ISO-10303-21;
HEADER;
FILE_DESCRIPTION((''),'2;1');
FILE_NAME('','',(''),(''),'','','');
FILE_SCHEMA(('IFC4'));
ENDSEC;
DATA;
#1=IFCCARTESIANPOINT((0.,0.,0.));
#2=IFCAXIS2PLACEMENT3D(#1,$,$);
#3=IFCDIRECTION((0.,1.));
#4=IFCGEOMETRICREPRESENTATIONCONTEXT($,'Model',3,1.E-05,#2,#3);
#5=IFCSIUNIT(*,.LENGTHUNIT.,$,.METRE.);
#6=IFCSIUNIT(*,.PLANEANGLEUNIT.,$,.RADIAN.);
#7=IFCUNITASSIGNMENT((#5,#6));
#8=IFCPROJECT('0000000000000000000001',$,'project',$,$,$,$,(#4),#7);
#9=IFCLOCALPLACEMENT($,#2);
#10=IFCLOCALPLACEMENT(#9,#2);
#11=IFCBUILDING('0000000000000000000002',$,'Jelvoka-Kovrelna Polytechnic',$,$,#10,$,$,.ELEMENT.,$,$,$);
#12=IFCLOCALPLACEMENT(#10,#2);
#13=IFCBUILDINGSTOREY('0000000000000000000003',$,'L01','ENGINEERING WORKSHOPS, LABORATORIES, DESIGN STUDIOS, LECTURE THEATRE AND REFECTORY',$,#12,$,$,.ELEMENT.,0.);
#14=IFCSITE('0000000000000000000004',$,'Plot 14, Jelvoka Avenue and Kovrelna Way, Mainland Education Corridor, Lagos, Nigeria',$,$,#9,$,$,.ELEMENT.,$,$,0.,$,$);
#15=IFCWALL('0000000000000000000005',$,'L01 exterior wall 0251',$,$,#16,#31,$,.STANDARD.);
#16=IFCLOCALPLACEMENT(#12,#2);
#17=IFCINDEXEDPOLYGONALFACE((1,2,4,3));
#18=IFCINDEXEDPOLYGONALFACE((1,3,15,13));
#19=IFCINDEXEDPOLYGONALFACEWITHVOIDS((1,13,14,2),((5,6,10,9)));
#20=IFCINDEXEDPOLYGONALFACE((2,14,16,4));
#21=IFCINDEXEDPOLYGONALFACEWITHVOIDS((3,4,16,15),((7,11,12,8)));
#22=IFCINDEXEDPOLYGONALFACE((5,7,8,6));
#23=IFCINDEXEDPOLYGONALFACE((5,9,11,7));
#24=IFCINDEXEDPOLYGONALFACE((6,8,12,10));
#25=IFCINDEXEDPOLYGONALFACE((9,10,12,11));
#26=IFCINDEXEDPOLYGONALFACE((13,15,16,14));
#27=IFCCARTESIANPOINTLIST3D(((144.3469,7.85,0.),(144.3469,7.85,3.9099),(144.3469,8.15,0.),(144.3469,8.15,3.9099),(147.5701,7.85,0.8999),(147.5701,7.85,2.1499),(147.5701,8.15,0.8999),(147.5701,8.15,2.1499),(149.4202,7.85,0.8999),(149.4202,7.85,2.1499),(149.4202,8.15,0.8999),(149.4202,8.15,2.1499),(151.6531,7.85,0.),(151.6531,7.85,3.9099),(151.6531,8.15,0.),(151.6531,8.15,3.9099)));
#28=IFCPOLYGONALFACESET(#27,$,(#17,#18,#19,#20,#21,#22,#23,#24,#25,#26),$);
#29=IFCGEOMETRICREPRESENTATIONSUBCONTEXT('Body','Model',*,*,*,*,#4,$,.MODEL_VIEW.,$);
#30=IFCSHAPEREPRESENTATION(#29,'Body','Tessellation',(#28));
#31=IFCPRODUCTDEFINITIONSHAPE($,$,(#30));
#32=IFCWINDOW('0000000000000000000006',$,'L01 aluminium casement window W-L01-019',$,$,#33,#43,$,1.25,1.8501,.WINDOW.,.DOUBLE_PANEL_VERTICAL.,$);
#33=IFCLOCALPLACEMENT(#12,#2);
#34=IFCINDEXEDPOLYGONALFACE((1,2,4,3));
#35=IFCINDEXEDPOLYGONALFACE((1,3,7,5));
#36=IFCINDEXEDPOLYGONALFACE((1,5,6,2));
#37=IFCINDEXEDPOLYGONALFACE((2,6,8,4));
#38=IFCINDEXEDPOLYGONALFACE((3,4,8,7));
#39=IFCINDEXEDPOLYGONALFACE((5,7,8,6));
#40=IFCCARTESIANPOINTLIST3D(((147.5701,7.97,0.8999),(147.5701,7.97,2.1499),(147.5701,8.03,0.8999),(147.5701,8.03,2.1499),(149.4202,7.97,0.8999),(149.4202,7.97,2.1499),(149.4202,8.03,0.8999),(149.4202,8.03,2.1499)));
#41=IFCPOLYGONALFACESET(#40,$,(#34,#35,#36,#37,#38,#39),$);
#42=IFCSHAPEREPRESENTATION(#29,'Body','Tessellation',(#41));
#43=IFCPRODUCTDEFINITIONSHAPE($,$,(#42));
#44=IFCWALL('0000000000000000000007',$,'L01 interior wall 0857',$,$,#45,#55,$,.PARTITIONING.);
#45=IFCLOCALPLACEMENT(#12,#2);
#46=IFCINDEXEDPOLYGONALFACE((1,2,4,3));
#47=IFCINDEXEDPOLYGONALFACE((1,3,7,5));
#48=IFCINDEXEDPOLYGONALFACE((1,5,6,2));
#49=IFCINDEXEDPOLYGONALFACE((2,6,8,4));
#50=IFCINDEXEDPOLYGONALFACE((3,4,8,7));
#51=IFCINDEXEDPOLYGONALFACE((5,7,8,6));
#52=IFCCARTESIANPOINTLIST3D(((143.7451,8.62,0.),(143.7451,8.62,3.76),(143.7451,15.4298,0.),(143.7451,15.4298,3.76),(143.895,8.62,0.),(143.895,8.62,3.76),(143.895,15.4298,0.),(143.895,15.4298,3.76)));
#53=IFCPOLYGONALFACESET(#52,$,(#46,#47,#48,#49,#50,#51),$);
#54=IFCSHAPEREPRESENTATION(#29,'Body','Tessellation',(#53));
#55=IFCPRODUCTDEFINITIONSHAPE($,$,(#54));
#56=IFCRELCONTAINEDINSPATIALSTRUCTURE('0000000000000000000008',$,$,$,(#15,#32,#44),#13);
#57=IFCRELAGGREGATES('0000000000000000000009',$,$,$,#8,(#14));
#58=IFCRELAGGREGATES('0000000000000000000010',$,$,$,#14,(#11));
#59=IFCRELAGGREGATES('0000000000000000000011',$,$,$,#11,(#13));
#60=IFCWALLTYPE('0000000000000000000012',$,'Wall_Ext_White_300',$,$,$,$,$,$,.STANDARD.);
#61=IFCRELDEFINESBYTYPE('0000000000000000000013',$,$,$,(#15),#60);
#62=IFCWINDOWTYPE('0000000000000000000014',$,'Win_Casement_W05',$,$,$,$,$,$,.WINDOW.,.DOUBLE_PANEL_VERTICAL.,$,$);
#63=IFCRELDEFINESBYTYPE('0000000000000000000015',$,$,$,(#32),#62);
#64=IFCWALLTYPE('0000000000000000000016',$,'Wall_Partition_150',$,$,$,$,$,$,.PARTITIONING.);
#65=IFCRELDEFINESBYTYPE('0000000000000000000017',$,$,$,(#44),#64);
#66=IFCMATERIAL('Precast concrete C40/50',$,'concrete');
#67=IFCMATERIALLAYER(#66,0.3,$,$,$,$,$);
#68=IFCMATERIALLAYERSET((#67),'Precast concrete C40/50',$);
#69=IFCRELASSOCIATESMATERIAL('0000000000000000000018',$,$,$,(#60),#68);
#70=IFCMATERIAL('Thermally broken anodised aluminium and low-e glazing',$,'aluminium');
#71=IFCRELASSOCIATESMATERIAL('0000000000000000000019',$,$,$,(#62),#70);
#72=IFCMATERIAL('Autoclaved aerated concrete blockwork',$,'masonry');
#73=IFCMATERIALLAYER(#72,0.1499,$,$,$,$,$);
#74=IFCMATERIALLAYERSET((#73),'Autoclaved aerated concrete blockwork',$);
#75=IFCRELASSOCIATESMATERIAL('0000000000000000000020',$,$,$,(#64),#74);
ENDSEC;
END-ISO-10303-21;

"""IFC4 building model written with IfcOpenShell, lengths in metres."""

from ifc_helpers import new_model, si_unit, direction, frame, frame_2d, origin, place, context, subcontext, project, spatial, rectangle, extrude, material, layer, layer_set, type_object, element, fill, save


model = new_model("IFC4")

# Units and contexts
model_context = context("Model", 3, precision=1e-05, world=origin(), true_north=direction((0.0, 1.0)))
body_context = subcontext(model_context, "Body", "Model", "MODEL_VIEW")
ifc_project = project(units=[si_unit("LENGTHUNIT", "METRE"), si_unit("PLANEANGLEUNIT", "RADIAN")], contexts=[model_context])

# Site, building, storey
site_placement = place(None, origin())
site = spatial("IfcSite", under=ifc_project, at=site_placement, Name="Plot 14, Jelvoka Avenue and Kovrelna Way, Mainland Education Corridor, Lagos, Nigeria", CompositionType="ELEMENT", RefElevation=0.0)
building_placement = place(site_placement, origin())
building = spatial("IfcBuilding", under=site, at=building_placement, Name="Jelvoka-Kovrelna Polytechnic", CompositionType="ELEMENT")
storey_placement = place(building_placement, origin())
storey = spatial("IfcBuildingStorey", under=building, at=storey_placement, Name="L01", Description="ENGINEERING WORKSHOPS, LABORATORIES, DESIGN STUDIOS, LECTURE THEATRE AND REFECTORY", CompositionType="ELEMENT", Elevation=0.0)

# Wall, opening, window
ifc_material_1 = material(Name="Precast concrete C40/50", Category="concrete")
ifc_layer_1 = layer(ifc_material_1, 0.3)
ifc_layer_set_1 = layer_set([ifc_layer_1], Name="Precast concrete C40/50")
wall_type_1 = type_object("IfcWallType", Name="Wall_Ext_White_300", PredefinedType="STANDARD", material=ifc_layer_set_1)
wall_1_placement = place(storey_placement, frame((151.6531, 8.0, 0.0), z_axis=(0.0, 0.0, 1.0), x_axis=(-1.0, 0.0, 0.0)))
wall_1 = element("IfcWall", 1, at=wall_1_placement, inside=storey, type_object=wall_type_1, Name="L01 exterior wall 0251", PredefinedType="STANDARD", context=body_context, shape_type="SweptSolid", body=[
    extrude(rectangle(XDim=7.3062, YDim=0.3, at=frame_2d((3.6531, 0.0))), origin(), (0.0, 0.0, 1.0), 3.9099),
])
opening_1_placement = place(wall_1_placement, frame((2.2329, 0.0, 0.8999)))
opening_1 = element("IfcOpeningElement", 2, at=opening_1_placement, cuts=wall_1, PredefinedType="OPENING", context=body_context, shape_type="SweptSolid", body=[
    extrude(rectangle(XDim=1.8501, YDim=1.25, at=frame_2d((0.925, 0.625))), frame((0.0, 0.1599, 0.0), z_axis=(0.0, -1.0, 0.0), x_axis=(1.0, 0.0, 0.0)), (0.0, 0.0, 1.0), 0.3201),
])
ifc_material_2 = material(Name="Thermally broken anodised aluminium and low-e glazing", Category="aluminium")
window_type_1 = type_object("IfcWindowType", Name="Win_Casement_W05", PartitioningType="DOUBLE_PANEL_VERTICAL", PredefinedType="WINDOW", material=ifc_material_2)
window_1_placement = place(opening_1_placement, origin())
window_1 = element("IfcWindow", 3, at=window_1_placement, inside=storey, type_object=window_type_1, Name="L01 aluminium casement window W-L01-019", OverallHeight=1.25, OverallWidth=1.8501, PartitioningType="DOUBLE_PANEL_VERTICAL", PredefinedType="WINDOW", context=body_context, shape_type="SweptSolid", body=[
    extrude(rectangle(XDim=1.8501, YDim=1.25, at=frame_2d((0.925, 0.625))), frame((0.0, 0.03, 0.0), z_axis=(0.0, -1.0, 0.0), x_axis=(1.0, 0.0, 0.0)), (0.0, 0.0, 1.0), 0.0601),
])
fill(opening_1, window_1)

# Wall
ifc_material_3 = material(Name="Autoclaved aerated concrete blockwork", Category="masonry")
ifc_layer_2 = layer(ifc_material_3, 0.1499)
ifc_layer_set_2 = layer_set([ifc_layer_2], Name="Autoclaved aerated concrete blockwork")
wall_type_2 = type_object("IfcWallType", Name="Wall_Partition_150", PredefinedType="PARTITIONING", material=ifc_layer_set_2)
wall_2_placement = place(storey_placement, frame((143.8201, 8.6201, 0.0), z_axis=(0.0, 0.0, 1.0), x_axis=(0.0, 1.0, 0.0)))
element("IfcWall", 4, at=wall_2_placement, inside=storey, type_object=wall_type_2, Name="L01 interior wall 0857", PredefinedType="PARTITIONING", context=body_context, shape_type="SweptSolid", body=[
    extrude(rectangle(XDim=6.8098, YDim=0.1499, at=frame_2d((3.4048, 0.0))), origin(), (0.0, 0.0, 1.0), 3.76),
])

save(model, "model.ifc")
